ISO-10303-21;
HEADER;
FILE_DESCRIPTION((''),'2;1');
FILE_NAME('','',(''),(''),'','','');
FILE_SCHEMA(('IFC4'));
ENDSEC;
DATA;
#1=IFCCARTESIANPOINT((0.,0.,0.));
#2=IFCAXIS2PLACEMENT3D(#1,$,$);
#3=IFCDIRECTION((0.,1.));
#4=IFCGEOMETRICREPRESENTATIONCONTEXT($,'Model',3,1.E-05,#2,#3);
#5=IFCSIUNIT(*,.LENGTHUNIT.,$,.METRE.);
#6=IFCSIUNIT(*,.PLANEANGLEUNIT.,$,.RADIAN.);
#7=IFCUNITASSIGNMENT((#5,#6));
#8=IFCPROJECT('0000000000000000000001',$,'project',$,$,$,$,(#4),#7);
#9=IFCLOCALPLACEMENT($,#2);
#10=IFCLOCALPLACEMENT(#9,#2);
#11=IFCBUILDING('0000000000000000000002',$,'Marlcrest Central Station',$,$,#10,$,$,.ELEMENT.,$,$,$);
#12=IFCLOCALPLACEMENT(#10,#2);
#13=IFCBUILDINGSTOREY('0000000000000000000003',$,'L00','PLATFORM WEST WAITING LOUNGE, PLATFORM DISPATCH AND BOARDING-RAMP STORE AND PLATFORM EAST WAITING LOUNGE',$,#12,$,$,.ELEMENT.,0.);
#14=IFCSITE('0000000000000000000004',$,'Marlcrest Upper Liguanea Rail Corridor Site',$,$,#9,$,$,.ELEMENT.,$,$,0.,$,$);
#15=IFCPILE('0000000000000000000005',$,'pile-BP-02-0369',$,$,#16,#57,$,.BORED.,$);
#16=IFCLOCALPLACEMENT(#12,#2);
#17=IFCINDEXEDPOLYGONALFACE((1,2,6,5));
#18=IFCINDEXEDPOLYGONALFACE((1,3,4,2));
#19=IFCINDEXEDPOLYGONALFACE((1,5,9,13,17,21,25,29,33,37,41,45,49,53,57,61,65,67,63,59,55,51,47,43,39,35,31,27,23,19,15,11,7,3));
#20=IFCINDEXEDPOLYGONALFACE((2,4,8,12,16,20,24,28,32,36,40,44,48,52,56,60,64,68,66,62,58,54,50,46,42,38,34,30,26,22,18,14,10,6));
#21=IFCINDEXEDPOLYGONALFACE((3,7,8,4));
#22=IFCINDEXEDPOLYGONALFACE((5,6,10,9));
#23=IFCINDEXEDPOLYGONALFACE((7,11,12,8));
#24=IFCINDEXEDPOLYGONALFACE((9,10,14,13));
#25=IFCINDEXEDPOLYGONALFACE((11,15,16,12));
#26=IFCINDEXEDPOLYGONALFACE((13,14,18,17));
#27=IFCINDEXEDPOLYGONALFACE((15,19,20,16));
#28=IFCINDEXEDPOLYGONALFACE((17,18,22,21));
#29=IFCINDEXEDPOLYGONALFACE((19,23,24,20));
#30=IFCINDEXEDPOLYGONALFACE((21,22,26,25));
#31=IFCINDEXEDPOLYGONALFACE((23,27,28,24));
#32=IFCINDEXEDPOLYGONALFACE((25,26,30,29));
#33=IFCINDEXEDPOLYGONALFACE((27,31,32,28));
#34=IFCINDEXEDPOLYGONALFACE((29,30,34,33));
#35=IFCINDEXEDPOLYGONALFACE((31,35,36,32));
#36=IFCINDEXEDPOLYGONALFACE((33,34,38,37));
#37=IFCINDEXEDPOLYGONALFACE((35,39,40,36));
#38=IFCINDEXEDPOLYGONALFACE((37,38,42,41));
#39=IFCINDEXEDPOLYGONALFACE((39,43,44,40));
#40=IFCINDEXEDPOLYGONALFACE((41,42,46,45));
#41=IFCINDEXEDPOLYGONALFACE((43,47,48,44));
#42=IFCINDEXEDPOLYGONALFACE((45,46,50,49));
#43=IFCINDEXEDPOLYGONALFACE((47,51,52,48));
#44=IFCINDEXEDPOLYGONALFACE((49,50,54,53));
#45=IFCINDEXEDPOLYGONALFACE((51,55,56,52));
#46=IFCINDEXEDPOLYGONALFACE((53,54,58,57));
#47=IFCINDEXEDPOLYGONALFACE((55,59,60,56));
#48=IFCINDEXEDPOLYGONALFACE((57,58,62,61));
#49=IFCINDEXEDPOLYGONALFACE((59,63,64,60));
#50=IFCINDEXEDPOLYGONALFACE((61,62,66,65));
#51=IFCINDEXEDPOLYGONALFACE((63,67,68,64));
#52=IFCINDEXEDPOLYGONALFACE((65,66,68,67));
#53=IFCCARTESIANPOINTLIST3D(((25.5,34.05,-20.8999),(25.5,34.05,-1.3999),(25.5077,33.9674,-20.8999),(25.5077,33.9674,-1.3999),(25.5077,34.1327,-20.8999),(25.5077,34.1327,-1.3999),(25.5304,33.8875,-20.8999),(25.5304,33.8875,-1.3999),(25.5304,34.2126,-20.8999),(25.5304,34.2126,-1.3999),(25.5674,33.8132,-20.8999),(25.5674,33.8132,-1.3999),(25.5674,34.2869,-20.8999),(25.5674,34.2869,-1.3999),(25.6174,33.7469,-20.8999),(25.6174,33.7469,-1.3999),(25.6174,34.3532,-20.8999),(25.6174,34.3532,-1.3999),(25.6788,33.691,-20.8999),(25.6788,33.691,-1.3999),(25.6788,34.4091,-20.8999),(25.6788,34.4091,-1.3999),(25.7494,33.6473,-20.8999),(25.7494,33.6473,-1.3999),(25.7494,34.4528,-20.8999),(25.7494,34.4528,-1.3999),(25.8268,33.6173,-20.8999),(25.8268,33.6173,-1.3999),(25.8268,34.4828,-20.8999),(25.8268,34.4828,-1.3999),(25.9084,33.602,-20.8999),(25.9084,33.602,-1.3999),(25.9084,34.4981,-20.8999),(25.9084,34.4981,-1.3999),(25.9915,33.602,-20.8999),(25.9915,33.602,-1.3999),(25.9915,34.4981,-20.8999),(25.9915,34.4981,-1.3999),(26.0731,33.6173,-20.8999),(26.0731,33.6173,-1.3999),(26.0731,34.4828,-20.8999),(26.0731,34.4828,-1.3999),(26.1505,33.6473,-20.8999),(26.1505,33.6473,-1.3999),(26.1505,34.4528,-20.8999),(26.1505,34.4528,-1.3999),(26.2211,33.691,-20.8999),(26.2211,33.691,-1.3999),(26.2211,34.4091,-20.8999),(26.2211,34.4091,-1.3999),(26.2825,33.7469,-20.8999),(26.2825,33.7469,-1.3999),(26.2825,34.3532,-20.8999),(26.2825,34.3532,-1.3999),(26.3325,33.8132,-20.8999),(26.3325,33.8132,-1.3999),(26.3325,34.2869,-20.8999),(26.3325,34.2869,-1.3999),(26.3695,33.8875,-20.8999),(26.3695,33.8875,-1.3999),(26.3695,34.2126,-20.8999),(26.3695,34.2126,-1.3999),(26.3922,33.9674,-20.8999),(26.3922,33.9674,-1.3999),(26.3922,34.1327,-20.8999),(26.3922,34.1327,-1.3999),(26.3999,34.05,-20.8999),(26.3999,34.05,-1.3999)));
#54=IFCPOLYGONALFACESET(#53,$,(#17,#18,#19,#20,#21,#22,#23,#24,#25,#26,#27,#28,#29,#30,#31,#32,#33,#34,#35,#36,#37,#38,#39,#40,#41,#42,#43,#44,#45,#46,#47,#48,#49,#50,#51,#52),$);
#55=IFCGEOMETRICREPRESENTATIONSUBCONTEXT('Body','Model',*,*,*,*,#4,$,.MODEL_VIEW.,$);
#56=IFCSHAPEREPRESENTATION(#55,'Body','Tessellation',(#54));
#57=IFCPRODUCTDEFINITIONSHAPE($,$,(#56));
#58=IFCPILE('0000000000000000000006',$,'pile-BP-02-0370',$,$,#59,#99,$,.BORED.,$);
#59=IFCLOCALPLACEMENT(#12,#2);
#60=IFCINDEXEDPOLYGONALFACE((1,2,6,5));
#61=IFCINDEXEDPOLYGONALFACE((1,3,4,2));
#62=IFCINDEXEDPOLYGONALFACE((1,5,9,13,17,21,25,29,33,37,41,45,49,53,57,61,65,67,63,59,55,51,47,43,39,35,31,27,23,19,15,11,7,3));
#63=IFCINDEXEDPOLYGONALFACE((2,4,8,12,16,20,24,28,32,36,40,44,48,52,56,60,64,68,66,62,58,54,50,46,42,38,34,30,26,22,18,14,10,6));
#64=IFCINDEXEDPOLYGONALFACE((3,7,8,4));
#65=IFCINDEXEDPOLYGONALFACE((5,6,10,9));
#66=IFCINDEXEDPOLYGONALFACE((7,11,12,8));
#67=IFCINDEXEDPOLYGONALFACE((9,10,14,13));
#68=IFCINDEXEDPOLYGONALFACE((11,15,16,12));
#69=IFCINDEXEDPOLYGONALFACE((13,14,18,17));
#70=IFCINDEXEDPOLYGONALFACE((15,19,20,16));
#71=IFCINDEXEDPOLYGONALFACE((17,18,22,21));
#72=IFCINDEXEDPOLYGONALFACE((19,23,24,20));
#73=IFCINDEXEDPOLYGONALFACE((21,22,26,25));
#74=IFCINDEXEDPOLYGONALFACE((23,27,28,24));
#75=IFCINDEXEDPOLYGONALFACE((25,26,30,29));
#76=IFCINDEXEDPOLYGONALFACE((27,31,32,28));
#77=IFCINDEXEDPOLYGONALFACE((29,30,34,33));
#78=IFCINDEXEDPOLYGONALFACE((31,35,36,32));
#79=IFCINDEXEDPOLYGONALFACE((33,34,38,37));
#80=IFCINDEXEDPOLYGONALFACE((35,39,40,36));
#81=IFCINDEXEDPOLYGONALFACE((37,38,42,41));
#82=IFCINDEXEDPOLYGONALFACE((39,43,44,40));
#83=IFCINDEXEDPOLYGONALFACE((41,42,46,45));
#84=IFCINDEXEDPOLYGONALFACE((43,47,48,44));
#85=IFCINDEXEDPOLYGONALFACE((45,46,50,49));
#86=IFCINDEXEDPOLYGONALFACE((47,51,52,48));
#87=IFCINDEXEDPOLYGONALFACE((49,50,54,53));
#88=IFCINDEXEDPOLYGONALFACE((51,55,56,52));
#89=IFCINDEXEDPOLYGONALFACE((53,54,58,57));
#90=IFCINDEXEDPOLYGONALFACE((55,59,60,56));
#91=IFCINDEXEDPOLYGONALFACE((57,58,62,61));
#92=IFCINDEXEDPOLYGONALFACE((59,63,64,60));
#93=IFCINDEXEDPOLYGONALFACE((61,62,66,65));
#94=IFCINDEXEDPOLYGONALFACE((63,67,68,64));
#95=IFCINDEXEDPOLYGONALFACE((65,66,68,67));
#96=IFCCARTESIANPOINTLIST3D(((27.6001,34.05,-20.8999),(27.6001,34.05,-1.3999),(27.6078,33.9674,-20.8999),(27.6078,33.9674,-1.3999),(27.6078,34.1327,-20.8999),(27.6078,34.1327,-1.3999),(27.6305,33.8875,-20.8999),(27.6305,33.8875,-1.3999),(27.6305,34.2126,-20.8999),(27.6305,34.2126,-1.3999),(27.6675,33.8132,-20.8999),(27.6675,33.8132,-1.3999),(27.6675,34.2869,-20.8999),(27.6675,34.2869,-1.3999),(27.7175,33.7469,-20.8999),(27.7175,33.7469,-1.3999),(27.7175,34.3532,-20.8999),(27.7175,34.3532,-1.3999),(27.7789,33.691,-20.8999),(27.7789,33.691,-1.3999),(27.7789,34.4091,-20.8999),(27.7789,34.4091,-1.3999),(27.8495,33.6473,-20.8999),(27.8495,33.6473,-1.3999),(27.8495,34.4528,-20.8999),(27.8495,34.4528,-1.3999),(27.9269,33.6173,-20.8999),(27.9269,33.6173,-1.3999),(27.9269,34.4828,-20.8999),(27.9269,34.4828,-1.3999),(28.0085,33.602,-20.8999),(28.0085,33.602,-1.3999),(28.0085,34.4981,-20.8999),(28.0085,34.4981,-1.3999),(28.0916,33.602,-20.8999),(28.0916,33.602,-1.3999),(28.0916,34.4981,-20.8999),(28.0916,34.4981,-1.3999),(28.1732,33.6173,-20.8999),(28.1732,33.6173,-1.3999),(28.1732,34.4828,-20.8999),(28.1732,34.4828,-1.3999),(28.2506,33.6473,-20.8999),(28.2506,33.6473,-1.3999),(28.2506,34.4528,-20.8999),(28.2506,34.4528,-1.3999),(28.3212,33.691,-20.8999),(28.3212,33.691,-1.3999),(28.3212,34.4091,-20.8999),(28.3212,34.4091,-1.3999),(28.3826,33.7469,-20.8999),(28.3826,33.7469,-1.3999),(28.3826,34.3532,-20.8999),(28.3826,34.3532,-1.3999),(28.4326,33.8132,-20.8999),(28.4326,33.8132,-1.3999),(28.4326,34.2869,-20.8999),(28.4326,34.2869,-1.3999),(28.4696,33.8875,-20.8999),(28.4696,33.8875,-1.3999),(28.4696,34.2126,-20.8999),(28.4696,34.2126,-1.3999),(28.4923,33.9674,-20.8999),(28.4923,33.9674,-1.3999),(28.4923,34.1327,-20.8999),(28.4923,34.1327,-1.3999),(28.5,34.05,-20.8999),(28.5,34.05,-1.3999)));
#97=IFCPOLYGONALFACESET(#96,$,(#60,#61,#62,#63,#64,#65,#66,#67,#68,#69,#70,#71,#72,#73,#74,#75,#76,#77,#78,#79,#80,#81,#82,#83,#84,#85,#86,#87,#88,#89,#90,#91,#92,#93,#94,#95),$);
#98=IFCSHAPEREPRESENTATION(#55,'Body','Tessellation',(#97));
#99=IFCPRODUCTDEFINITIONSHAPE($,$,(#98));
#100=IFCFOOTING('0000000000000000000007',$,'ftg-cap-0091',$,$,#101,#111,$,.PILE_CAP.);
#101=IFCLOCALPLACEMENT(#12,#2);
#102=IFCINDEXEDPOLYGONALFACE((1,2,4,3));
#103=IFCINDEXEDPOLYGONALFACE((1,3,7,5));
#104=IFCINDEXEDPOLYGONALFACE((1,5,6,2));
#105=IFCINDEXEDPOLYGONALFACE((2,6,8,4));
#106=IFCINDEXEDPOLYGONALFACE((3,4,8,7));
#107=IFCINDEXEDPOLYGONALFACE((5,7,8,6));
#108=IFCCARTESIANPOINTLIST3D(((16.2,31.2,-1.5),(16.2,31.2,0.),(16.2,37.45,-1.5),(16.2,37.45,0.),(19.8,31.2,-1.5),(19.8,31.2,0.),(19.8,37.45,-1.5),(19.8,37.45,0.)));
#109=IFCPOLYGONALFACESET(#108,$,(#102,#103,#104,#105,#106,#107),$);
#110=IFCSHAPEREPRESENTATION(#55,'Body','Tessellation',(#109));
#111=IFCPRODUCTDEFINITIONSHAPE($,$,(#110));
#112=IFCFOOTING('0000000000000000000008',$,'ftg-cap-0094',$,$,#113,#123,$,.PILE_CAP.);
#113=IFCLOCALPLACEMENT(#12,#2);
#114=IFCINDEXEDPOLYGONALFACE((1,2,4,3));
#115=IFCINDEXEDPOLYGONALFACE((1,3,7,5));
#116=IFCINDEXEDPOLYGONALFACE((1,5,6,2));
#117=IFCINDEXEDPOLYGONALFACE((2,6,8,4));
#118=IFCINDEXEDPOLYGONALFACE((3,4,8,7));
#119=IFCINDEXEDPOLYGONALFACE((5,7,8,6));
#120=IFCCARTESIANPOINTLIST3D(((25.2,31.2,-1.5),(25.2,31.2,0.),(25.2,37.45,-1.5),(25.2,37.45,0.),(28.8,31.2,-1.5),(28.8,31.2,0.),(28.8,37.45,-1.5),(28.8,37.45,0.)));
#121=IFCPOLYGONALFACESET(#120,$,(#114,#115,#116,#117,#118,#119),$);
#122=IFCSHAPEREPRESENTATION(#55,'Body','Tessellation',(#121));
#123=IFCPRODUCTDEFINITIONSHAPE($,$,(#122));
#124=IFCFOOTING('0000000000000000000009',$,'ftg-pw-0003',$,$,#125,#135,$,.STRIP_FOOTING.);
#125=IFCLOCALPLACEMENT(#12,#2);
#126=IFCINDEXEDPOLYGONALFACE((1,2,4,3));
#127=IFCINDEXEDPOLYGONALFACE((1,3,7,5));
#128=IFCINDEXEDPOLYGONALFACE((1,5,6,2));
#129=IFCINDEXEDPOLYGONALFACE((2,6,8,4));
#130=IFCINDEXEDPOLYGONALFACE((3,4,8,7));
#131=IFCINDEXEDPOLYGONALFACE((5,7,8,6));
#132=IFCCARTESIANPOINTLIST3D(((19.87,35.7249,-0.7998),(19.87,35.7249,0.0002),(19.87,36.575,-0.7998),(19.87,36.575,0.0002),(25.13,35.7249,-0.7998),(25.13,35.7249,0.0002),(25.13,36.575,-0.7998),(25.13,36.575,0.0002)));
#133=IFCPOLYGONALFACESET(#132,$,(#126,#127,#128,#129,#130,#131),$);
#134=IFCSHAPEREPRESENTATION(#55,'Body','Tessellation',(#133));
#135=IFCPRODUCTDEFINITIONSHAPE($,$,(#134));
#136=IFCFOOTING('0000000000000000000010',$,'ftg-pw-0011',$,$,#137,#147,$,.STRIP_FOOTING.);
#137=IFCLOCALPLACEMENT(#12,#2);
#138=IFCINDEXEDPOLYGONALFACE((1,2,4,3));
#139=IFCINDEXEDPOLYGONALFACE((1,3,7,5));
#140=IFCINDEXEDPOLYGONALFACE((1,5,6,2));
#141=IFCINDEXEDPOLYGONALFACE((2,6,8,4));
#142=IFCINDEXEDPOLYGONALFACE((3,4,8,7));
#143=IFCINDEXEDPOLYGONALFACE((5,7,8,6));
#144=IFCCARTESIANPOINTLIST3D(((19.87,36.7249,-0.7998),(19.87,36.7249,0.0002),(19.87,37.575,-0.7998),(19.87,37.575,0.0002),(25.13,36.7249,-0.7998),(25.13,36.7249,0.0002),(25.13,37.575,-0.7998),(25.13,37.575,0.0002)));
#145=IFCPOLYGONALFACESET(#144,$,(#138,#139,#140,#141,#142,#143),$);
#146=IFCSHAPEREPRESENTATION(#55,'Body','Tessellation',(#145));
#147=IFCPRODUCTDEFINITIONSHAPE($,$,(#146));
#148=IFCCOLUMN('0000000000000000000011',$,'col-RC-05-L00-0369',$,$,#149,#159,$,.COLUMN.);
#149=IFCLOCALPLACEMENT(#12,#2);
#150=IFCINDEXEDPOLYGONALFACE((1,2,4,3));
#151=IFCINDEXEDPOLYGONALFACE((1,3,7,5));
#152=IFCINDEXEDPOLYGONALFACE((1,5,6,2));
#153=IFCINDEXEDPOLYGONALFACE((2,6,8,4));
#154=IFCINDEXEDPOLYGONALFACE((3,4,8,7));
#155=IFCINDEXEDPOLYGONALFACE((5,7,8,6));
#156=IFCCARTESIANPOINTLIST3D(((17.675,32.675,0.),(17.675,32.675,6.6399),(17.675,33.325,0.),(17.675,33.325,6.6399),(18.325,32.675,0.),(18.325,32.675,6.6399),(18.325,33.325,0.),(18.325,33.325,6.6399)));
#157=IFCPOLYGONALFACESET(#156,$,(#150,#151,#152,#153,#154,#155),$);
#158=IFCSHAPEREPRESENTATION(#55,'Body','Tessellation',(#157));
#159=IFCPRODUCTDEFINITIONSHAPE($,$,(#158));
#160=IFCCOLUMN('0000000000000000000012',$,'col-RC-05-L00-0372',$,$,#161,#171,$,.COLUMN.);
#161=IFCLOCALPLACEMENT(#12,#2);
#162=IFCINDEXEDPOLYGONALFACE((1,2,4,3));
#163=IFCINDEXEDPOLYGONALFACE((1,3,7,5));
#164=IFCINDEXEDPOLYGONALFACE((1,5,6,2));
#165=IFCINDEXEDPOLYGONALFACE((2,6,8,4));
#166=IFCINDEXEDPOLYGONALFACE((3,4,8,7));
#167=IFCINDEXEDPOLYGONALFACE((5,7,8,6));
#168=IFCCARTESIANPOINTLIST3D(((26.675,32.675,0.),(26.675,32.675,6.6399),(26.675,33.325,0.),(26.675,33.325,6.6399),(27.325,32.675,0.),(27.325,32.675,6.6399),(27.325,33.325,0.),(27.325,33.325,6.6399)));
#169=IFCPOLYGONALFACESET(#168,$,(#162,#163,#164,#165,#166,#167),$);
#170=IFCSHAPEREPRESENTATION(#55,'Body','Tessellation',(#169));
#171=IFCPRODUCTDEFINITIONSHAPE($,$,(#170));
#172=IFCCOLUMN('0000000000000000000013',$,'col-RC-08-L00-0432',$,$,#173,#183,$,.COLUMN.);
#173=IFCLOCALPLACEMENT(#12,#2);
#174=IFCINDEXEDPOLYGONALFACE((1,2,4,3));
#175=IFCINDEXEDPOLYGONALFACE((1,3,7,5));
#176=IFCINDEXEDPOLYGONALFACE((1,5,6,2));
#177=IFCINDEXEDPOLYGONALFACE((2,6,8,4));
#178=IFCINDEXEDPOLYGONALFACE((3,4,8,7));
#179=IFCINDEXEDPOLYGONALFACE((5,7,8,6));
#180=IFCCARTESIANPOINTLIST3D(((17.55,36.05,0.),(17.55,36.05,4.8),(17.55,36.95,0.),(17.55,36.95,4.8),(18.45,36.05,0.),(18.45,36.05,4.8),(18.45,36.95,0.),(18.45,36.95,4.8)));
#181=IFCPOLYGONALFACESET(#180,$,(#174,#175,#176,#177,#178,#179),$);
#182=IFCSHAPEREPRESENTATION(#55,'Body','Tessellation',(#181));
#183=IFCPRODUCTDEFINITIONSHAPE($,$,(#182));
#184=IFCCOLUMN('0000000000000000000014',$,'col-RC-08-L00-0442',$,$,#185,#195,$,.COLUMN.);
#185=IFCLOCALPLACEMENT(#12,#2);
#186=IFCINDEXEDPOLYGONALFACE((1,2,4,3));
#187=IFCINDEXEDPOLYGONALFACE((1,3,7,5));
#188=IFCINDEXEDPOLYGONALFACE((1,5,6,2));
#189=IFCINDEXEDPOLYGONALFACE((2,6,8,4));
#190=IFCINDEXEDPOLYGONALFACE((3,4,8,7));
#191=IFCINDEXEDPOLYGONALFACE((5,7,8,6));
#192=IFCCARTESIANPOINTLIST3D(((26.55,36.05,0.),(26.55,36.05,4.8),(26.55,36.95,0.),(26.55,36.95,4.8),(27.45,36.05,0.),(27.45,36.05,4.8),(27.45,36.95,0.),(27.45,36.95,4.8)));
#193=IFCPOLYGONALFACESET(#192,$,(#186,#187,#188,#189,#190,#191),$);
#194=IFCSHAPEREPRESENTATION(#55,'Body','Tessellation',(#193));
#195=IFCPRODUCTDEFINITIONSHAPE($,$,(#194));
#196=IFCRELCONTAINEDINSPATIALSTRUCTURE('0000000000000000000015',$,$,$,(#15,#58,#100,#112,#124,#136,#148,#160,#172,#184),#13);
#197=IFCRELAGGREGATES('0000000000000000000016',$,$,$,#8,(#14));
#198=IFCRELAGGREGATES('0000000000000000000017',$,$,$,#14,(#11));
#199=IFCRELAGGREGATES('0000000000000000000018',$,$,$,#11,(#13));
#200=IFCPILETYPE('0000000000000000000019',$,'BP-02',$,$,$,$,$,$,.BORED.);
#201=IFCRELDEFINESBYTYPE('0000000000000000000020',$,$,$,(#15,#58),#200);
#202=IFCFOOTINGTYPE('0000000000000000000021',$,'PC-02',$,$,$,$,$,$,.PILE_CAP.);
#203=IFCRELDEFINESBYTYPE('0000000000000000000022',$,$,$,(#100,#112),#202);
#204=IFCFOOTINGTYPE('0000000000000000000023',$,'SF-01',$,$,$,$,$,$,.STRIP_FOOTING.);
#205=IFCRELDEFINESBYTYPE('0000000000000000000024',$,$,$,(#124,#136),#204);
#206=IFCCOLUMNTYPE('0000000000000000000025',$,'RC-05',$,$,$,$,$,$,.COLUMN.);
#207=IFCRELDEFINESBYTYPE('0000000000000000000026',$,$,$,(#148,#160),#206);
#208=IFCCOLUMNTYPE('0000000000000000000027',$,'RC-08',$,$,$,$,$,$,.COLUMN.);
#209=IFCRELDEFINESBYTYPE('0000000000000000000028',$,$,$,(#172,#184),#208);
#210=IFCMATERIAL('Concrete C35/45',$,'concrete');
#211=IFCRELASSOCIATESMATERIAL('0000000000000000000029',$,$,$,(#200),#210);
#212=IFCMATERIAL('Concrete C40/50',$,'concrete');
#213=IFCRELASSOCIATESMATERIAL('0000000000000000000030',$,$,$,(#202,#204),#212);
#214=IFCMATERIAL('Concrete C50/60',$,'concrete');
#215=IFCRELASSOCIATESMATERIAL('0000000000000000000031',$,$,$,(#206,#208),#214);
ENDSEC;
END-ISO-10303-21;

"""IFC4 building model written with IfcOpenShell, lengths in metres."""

from ifc_helpers import new_model, si_unit, direction, frame, origin, origin_2d, place, context, subcontext, project, spatial, rectangle, circle, extrude, material, material_profile, profile_set, type_object, element, save


model = new_model("IFC4")

# Units and contexts
model_context = context("Model", 3, precision=1e-05, world=origin(), true_north=direction((0.0, 1.0)))
body_context = subcontext(model_context, "Body", "Model", "MODEL_VIEW")
ifc_project = project(units=[si_unit("LENGTHUNIT", "METRE"), si_unit("PLANEANGLEUNIT", "RADIAN")], contexts=[model_context])

# Site, building, storey
site_placement = place(None, origin())
site = spatial("IfcSite", under=ifc_project, at=site_placement, Name="Marlcrest Upper Liguanea Rail Corridor Site", CompositionType="ELEMENT", RefElevation=0.0)
building_placement = place(site_placement, origin())
building = spatial("IfcBuilding", under=site, at=building_placement, Name="Marlcrest Central Station", CompositionType="ELEMENT")
storey_placement = place(building_placement, origin())
storey = spatial("IfcBuildingStorey", under=building, at=storey_placement, Name="L00", Description="PLATFORM WEST WAITING LOUNGE, PLATFORM DISPATCH AND BOARDING-RAMP STORE AND PLATFORM EAST WAITING LOUNGE", CompositionType="ELEMENT", Elevation=0.0)

# Piles
ifc_material_1 = material(Name="Concrete C35/45", Category="concrete")
ifc_material_profile_1 = material_profile(ifc_material_1, circle(Radius=0.45, at=origin_2d()), Name="PILE D900")
ifc_profile_set_1 = profile_set([ifc_material_profile_1], Name="Concrete C35/45")
pile_type = type_object("IfcPileType", Name="BP-02", PredefinedType="BORED", material=ifc_profile_set_1)
for number, where, z_axis, x_axis, name in (
    (1, (25.95, 34.05, -1.3999), (0.0, 0.0, -1.0), (1.0, 0.0, 0.0), "pile-BP-02-0369"),
    (2, (28.05, 34.05, -1.3999), (0.0, 0.0, -1.0), (1.0, 0.0, 0.0), "pile-BP-02-0370"),
):
    element("IfcPile", number, at=place(storey_placement, frame(where, z_axis=z_axis, x_axis=x_axis)), inside=storey, type_object=pile_type, Name=name, PredefinedType="BORED", context=body_context, shape_type="SweptSolid", body=[
        extrude(circle(Radius=0.45, at=origin_2d()), origin(), (0.0, 0.0, 1.0), 19.5),
    ])

# Footings
ifc_material_2 = material(Name="Concrete C40/50", Category="concrete")
footing_type_1 = type_object("IfcFootingType", Name="PC-02", PredefinedType="PILE_CAP", material=ifc_material_2)
for number, where, z_axis, x_axis, name in (
    (3, (18.0, 34.325, -1.5), (0.0, 0.0, 1.0), (1.0, 0.0, 0.0), "ftg-cap-0091"),
    (4, (27.0, 34.325, -1.5), (0.0, 0.0, 1.0), (1.0, 0.0, 0.0), "ftg-cap-0094"),
):
    element("IfcFooting", number, at=place(storey_placement, frame(where, z_axis=z_axis, x_axis=x_axis)), inside=storey, type_object=footing_type_1, Name=name, PredefinedType="PILE_CAP", context=body_context, shape_type="SweptSolid", body=[
        extrude(rectangle(XDim=3.6001, YDim=6.25, at=origin_2d()), origin(), (0.0, 0.0, 1.0), 1.5),
    ])
footing_type_2 = type_object("IfcFootingType", Name="SF-01", PredefinedType="STRIP_FOOTING", material=ifc_material_2)
for number, where, z_axis, x_axis, name in (
    (5, (22.5, 36.1499, -0.7998), (0.0, 0.0, 1.0), (1.0, 0.0, 0.0), "ftg-pw-0003"),
    (6, (22.5, 37.1499, -0.7998), (0.0, 0.0, 1.0), (1.0, 0.0, 0.0), "ftg-pw-0011"),
):
    element("IfcFooting", number, at=place(storey_placement, frame(where, z_axis=z_axis, x_axis=x_axis)), inside=storey, type_object=footing_type_2, Name=name, PredefinedType="STRIP_FOOTING", context=body_context, shape_type="SweptSolid", body=[
        extrude(rectangle(XDim=5.26, YDim=0.8501, at=origin_2d()), origin(), (0.0, 0.0, 1.0), 0.8),
    ])

# Columns
ifc_material_3 = material(Name="Concrete C50/60", Category="concrete")
ifc_material_profile_2 = material_profile(ifc_material_3, rectangle(XDim=0.6499, YDim=0.6499, at=origin_2d()), Name="RC 650x650")
ifc_profile_set_2 = profile_set([ifc_material_profile_2], Name="Concrete C50/60")
column_type_1 = type_object("IfcColumnType", Name="RC-05", PredefinedType="COLUMN", material=ifc_profile_set_2)
for number, where, z_axis, x_axis, name in (
    (7, (18.0, 33.0, 0.0), (0.0, 0.0, 1.0), (1.0, 0.0, 0.0), "col-RC-05-L00-0369"),
    (8, (27.0, 33.0, 0.0), (0.0, 0.0, 1.0), (1.0, 0.0, 0.0), "col-RC-05-L00-0372"),
):
    element("IfcColumn", number, at=place(storey_placement, frame(where, z_axis=z_axis, x_axis=x_axis)), inside=storey, type_object=column_type_1, Name=name, PredefinedType="COLUMN", context=body_context, shape_type="SweptSolid", body=[
        extrude(rectangle(XDim=0.6499, YDim=0.6499, at=origin_2d()), origin(), (0.0, 0.0, 1.0), 6.6399),
    ])
ifc_material_profile_3 = material_profile(ifc_material_3, rectangle(XDim=0.8999, YDim=0.8999, at=origin_2d()), Name="RC 900x900")
ifc_profile_set_3 = profile_set([ifc_material_profile_3], Name="Concrete C50/60")
column_type_2 = type_object("IfcColumnType", Name="RC-08", PredefinedType="COLUMN", material=ifc_profile_set_3)
for number, where, z_axis, x_axis, name in (
    (9, (18.0, 36.5, 0.0), (0.0, 0.0, 1.0), (1.0, 0.0, 0.0), "col-RC-08-L00-0432"),
    (10, (27.0, 36.5, 0.0), (0.0, 0.0, 1.0), (1.0, 0.0, 0.0), "col-RC-08-L00-0442"),
):
    element("IfcColumn", number, at=place(storey_placement, frame(where, z_axis=z_axis, x_axis=x_axis)), inside=storey, type_object=column_type_2, Name=name, PredefinedType="COLUMN", context=body_context, shape_type="SweptSolid", body=[
        extrude(rectangle(XDim=0.8999, YDim=0.8999, at=origin_2d()), origin(), (0.0, 0.0, 1.0), 4.8),
    ])

save(model, "model.ifc")
